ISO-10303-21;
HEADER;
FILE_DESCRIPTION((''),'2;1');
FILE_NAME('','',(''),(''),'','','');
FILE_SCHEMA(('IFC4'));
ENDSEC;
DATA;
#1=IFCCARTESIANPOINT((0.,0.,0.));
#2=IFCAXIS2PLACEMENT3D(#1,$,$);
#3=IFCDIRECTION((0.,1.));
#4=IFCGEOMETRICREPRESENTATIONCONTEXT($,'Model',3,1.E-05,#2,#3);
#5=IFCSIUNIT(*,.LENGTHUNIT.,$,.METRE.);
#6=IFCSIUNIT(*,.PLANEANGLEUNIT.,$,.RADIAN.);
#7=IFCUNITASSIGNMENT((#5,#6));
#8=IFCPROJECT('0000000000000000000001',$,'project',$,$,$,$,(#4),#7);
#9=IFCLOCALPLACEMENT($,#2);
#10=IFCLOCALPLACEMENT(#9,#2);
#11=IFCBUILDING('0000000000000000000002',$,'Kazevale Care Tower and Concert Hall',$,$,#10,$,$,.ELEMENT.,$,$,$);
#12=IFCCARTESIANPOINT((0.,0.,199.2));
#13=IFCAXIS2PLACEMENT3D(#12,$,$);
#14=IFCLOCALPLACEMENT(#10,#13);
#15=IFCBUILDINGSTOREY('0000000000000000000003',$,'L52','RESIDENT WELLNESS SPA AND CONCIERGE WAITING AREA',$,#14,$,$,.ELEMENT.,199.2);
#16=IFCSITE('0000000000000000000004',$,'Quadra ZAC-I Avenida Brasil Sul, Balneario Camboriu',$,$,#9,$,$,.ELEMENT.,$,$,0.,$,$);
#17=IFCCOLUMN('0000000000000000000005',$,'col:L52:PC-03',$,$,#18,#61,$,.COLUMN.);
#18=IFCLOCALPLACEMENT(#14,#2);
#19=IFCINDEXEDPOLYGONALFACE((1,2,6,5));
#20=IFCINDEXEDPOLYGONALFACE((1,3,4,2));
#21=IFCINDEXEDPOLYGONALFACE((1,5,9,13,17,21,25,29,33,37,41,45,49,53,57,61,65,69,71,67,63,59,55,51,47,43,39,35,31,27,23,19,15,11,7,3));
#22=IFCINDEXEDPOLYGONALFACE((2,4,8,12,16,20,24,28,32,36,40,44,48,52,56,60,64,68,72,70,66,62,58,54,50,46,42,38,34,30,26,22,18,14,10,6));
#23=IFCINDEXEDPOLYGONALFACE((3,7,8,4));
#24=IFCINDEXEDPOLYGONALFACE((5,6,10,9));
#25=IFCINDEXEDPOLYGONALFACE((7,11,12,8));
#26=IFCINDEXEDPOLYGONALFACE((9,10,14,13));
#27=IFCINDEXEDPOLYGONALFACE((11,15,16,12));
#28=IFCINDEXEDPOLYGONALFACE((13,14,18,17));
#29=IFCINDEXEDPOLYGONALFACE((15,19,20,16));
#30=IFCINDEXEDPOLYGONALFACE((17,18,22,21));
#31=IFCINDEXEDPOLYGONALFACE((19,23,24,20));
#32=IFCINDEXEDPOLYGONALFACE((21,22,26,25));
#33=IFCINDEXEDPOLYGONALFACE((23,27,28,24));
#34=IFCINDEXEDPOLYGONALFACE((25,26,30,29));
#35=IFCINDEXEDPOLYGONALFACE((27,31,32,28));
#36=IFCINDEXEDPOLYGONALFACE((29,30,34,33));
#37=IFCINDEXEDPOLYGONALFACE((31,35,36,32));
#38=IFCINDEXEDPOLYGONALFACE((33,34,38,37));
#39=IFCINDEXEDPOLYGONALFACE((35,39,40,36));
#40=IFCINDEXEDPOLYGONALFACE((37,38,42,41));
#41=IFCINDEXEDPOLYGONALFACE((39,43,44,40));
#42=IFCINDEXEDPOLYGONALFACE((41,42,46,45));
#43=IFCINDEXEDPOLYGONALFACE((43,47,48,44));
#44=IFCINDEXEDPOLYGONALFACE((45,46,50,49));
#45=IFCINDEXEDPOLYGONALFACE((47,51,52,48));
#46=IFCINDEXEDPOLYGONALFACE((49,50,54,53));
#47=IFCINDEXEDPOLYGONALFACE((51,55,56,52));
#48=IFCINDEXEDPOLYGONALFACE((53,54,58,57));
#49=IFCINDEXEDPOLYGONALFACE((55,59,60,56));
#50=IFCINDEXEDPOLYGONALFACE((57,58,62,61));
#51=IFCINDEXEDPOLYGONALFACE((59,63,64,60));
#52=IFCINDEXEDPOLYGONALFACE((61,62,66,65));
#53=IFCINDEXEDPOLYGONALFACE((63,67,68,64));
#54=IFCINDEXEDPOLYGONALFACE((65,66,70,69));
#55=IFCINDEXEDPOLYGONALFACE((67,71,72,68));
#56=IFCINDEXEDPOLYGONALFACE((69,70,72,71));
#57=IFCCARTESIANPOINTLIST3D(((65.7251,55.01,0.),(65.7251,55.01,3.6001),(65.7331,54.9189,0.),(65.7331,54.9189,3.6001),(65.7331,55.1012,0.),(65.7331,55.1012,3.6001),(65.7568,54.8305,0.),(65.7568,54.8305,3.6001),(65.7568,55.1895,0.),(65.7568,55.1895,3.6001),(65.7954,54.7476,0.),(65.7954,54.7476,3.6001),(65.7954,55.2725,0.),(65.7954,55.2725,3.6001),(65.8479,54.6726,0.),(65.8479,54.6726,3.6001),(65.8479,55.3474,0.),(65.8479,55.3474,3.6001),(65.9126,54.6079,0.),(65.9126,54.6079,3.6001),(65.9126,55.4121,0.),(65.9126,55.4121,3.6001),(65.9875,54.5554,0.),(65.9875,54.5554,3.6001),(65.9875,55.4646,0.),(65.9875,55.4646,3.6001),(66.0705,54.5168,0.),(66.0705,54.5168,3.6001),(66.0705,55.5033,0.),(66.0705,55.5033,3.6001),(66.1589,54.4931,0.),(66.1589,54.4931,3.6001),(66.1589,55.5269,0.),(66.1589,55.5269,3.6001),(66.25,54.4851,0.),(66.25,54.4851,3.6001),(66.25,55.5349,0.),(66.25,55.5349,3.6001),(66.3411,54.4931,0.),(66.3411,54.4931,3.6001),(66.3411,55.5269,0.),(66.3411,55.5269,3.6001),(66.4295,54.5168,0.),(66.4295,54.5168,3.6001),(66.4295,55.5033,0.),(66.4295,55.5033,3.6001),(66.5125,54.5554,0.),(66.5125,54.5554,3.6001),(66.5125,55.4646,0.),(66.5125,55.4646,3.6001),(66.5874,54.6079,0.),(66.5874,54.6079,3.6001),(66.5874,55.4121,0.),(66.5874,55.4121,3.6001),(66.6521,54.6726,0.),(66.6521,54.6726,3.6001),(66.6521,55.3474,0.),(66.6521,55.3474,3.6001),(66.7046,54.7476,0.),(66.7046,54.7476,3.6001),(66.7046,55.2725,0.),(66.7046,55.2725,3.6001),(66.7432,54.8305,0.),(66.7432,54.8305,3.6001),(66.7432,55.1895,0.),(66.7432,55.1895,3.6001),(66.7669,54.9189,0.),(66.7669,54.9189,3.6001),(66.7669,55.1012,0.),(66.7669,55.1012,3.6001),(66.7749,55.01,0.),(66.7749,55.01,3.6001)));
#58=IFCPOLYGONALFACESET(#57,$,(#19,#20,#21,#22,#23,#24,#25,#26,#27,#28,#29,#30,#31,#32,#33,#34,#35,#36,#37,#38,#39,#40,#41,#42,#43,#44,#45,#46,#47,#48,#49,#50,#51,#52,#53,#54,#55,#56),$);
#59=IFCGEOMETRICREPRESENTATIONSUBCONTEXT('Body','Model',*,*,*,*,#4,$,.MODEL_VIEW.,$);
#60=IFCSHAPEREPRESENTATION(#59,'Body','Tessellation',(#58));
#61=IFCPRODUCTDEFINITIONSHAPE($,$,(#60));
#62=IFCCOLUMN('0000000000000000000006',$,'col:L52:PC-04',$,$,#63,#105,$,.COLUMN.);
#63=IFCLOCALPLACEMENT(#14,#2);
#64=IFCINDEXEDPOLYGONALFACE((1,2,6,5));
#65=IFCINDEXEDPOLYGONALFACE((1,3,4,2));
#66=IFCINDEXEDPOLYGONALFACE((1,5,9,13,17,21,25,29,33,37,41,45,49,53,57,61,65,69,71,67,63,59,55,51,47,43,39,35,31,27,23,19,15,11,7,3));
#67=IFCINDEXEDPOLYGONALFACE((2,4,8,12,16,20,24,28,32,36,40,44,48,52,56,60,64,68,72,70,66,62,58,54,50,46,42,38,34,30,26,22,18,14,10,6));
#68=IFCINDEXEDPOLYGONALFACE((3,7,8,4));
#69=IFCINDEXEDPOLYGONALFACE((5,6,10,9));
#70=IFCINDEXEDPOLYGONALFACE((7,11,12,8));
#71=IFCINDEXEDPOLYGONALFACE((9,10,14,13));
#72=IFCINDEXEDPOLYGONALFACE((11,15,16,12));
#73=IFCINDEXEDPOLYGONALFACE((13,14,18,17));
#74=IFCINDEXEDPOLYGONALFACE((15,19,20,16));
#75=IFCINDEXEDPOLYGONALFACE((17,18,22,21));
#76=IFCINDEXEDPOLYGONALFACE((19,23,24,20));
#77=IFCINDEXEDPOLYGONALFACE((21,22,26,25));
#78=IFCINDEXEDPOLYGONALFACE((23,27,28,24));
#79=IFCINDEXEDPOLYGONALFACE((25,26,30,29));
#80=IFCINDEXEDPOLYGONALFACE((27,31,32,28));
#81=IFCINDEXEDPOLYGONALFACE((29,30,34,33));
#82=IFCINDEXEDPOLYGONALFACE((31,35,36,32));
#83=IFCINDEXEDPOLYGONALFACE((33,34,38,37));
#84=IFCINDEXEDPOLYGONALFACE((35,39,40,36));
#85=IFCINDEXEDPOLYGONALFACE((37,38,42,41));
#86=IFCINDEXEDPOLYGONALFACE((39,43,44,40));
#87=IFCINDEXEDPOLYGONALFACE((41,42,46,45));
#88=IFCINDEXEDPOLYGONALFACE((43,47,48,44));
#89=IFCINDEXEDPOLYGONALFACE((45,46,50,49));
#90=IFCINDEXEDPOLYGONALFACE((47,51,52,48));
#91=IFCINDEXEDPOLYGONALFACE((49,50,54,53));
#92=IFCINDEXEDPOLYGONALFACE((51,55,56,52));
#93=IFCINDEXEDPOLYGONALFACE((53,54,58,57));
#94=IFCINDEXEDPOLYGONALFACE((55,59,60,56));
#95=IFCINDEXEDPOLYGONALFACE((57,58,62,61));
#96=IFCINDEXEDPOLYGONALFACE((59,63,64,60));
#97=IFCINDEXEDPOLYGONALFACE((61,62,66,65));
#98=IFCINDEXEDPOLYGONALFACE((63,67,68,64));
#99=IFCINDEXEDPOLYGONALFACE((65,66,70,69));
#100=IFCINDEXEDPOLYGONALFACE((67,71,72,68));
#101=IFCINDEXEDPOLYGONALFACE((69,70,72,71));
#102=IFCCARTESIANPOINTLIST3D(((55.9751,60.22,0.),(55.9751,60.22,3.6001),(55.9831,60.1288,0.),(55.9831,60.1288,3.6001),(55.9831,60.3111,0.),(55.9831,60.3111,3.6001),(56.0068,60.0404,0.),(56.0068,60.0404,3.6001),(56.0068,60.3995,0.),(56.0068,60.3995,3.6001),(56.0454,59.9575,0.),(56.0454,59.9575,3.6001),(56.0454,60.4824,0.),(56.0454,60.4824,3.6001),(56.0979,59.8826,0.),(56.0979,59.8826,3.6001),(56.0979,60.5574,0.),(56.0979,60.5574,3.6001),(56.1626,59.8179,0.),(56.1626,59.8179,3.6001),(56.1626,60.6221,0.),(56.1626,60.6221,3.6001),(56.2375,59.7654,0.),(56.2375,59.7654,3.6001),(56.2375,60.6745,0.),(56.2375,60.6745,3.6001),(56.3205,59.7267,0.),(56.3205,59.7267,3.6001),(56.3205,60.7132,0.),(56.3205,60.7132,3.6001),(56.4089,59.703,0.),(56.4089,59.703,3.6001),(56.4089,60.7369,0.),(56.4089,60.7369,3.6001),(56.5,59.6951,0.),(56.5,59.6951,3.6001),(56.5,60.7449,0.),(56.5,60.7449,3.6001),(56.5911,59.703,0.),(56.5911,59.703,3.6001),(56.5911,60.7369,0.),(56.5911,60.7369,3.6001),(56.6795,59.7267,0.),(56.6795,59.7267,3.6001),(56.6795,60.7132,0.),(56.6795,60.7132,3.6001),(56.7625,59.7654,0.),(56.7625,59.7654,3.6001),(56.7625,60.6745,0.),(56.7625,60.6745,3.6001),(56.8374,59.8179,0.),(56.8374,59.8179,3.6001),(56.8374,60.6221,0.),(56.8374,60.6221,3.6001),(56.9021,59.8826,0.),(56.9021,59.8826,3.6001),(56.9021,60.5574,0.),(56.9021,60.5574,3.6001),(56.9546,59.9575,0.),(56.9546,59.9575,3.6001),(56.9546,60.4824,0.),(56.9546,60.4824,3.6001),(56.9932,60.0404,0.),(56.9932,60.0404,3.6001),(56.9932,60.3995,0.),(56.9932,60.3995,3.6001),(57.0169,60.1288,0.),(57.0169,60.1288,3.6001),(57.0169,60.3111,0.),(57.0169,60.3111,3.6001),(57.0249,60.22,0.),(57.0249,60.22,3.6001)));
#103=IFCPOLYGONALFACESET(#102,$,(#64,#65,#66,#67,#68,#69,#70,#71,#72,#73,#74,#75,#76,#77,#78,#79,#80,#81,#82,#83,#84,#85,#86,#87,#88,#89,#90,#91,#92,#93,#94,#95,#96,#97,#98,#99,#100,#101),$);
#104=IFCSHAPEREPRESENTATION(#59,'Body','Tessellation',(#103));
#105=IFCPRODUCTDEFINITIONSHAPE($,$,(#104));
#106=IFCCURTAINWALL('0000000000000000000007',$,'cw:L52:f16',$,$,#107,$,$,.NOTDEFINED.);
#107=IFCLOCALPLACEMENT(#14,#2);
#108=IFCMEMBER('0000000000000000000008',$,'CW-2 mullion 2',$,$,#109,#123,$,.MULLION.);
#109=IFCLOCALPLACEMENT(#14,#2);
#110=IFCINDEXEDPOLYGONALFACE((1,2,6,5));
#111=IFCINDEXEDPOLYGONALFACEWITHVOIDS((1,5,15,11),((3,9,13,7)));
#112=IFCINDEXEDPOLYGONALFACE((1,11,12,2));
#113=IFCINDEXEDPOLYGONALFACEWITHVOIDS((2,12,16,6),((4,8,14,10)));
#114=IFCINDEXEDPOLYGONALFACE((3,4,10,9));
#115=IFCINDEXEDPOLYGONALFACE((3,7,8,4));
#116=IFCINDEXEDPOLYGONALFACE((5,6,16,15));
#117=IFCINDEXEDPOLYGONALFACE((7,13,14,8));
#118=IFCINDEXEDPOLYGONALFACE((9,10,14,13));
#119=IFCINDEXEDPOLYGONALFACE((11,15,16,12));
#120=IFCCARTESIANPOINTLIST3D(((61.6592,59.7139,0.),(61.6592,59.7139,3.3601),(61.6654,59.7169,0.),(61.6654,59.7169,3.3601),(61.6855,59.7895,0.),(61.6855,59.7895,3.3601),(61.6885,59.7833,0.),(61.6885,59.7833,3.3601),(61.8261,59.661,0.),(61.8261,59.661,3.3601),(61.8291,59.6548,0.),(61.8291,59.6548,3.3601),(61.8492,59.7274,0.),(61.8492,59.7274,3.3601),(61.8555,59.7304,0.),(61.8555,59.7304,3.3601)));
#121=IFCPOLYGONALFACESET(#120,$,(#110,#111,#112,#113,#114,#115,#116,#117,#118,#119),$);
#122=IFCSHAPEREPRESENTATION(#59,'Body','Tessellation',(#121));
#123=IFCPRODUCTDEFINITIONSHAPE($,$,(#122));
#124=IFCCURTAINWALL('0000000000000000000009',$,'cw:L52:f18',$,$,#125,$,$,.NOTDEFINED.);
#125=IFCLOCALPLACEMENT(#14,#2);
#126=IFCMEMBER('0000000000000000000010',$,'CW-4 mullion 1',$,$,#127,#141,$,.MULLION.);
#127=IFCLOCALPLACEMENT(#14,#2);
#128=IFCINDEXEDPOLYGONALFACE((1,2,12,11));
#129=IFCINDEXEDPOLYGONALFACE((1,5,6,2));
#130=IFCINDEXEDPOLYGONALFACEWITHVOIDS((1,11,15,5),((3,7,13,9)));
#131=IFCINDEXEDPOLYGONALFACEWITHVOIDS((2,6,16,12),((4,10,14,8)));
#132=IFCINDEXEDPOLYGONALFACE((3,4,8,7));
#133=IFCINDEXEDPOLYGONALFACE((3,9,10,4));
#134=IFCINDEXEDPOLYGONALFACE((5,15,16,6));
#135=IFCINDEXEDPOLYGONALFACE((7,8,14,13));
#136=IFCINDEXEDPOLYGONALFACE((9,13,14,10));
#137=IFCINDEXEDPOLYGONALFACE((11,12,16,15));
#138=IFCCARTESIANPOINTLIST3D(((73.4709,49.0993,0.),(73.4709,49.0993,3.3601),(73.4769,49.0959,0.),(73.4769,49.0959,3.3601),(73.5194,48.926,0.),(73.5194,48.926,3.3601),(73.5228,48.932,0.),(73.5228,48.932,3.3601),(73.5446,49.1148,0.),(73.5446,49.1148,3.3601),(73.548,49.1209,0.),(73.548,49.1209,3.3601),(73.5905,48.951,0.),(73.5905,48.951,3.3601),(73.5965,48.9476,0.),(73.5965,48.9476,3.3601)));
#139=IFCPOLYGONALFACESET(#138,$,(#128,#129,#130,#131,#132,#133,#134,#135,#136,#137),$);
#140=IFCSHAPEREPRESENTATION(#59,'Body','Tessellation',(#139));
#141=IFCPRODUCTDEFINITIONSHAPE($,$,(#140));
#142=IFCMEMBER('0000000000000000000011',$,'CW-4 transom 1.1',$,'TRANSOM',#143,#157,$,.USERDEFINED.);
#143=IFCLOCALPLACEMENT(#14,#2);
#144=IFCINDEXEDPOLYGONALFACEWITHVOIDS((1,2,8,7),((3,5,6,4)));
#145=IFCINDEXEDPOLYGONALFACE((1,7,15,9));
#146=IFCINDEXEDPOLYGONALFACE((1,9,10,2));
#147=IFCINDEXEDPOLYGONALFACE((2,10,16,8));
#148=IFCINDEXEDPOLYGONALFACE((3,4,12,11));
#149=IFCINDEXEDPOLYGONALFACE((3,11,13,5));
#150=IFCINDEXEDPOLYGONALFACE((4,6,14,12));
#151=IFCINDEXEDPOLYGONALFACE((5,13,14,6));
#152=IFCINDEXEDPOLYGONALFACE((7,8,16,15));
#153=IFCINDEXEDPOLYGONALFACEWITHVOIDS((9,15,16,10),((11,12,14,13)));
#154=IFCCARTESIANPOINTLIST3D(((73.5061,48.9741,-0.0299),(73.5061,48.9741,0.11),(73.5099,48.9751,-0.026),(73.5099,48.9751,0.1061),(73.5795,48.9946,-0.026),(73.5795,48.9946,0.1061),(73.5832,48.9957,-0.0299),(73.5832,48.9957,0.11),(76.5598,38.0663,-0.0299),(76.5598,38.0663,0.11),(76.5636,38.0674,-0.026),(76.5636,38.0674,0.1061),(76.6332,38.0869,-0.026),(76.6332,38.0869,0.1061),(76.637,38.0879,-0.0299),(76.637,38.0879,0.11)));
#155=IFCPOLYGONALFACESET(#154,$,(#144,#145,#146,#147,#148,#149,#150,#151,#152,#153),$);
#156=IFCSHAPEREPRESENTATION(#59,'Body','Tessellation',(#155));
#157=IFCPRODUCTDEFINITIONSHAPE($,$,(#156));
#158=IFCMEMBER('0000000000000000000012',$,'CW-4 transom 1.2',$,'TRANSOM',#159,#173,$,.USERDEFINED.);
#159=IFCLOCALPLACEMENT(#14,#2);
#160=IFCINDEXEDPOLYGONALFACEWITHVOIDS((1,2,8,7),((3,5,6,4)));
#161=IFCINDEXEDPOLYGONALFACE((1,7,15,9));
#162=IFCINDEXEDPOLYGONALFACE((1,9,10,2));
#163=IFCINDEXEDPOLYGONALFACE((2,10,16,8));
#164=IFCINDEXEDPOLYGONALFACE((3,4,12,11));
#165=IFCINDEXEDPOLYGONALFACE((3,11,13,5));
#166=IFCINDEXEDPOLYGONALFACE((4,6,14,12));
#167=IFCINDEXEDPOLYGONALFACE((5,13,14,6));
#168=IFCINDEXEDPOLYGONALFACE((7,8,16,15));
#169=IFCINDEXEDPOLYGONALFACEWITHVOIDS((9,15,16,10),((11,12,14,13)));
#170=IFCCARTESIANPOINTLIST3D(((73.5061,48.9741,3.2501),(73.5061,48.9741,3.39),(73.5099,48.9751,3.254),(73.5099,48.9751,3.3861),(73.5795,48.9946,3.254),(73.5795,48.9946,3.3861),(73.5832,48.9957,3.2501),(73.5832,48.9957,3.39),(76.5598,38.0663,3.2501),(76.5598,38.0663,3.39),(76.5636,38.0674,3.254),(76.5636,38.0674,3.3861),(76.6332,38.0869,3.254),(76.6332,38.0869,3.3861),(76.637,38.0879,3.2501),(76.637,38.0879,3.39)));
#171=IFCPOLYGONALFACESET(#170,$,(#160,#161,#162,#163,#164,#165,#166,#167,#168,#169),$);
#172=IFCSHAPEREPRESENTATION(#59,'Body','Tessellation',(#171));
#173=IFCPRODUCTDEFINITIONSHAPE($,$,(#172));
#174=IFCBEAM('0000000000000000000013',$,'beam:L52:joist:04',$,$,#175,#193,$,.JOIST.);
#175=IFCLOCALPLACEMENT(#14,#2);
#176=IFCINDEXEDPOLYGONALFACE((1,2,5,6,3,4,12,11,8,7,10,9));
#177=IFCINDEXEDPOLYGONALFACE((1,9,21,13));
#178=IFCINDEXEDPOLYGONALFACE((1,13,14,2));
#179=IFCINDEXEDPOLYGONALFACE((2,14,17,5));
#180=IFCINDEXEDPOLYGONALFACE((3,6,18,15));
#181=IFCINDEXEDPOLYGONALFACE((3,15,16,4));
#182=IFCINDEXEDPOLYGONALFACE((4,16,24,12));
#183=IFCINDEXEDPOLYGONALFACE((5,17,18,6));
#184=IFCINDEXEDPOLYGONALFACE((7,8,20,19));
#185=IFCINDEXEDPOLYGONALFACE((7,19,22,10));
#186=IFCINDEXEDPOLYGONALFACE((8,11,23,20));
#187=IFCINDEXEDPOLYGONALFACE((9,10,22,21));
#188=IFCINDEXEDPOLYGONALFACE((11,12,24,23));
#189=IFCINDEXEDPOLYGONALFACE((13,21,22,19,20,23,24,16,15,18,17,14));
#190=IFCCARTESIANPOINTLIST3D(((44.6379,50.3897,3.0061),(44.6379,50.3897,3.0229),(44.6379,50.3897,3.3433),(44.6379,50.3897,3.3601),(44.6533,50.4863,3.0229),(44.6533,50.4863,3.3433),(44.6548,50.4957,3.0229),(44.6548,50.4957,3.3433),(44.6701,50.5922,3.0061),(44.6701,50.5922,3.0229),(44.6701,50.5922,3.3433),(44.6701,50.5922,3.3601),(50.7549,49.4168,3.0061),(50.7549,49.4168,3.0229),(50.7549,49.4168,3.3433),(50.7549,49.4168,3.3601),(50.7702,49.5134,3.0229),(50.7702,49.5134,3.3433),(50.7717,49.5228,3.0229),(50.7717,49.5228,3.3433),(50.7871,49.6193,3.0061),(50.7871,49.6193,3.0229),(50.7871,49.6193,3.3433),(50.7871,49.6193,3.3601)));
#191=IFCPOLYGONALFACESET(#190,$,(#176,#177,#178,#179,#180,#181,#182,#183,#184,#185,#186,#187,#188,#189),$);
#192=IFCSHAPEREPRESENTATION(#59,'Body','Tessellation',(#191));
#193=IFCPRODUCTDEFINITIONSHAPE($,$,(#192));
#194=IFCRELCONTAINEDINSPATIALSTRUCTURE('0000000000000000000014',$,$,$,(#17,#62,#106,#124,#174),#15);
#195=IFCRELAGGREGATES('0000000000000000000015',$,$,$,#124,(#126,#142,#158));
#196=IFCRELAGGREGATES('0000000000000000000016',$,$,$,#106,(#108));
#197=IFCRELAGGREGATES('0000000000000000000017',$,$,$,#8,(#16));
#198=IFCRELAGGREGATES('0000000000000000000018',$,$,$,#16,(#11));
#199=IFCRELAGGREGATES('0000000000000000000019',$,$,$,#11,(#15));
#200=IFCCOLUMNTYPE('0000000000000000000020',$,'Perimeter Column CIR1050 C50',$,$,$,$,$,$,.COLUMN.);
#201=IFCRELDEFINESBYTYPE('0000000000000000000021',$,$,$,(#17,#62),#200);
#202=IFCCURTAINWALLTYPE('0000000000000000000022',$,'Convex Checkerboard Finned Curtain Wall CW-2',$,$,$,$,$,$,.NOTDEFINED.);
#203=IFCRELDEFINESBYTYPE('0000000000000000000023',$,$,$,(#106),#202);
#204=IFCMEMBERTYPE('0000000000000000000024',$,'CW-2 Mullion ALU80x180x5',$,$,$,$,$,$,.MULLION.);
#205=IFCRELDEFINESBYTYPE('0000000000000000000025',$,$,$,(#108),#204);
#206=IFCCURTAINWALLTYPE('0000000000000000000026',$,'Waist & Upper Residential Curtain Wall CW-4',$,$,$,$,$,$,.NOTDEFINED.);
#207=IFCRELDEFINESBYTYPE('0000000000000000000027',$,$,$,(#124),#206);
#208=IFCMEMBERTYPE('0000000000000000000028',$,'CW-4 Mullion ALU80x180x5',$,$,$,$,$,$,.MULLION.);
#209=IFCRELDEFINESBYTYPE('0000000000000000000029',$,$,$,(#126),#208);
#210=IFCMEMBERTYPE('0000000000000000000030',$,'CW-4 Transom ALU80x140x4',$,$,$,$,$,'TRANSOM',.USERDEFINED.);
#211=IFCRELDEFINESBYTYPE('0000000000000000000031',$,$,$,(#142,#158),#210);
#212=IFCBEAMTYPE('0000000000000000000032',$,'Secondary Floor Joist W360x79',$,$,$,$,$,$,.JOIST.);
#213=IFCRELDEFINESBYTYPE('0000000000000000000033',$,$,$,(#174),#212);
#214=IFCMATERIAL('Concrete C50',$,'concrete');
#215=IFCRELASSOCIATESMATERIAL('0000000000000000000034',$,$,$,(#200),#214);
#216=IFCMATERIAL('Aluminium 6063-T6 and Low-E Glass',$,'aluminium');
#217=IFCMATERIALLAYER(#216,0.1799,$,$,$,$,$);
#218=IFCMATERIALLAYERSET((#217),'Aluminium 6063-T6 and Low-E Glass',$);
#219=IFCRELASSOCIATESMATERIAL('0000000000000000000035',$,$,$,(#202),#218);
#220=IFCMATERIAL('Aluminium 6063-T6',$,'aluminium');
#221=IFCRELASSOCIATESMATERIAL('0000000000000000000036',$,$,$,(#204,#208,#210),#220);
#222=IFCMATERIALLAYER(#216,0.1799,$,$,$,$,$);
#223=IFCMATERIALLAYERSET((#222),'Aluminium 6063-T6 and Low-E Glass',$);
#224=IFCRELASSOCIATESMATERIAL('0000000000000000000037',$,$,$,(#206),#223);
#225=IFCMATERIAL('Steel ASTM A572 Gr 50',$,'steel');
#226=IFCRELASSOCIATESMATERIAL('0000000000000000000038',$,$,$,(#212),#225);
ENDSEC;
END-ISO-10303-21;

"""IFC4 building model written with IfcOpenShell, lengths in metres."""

from ifc_helpers import new_model, si_unit, direction, frame, origin, origin_2d, place, context, subcontext, project, spatial, hollow_rectangle, circle, i_section, extrude, material, layer, layer_set, material_profile, profile_set, type_object, element, aggregate, save


model = new_model("IFC4")

# Units and contexts
model_context = context("Model", 3, precision=1e-05, world=origin(), true_north=direction((0.0, 1.0)))
body_context = subcontext(model_context, "Body", "Model", "MODEL_VIEW")
ifc_project = project(units=[si_unit("LENGTHUNIT", "METRE"), si_unit("PLANEANGLEUNIT", "RADIAN")], contexts=[model_context])

# Site, building, storey
site_placement = place(None, origin())
site = spatial("IfcSite", under=ifc_project, at=site_placement, Name="Quadra ZAC-I Avenida Brasil Sul, Balneario Camboriu", CompositionType="ELEMENT", RefElevation=0.0)
building_placement = place(site_placement, origin())
building = spatial("IfcBuilding", under=site, at=building_placement, Name="Kazevale Care Tower and Concert Hall", CompositionType="ELEMENT")
storey_placement = place(building_placement, frame((0.0, 0.0, 199.2)))
storey = spatial("IfcBuildingStorey", under=building, at=storey_placement, Name="L52", Description="RESIDENT WELLNESS SPA AND CONCIERGE WAITING AREA", CompositionType="ELEMENT", Elevation=199.2)

# Columns
ifc_material_1 = material(Name="Concrete C50", Category="concrete")
ifc_material_profile_1 = material_profile(ifc_material_1, circle(Radius=0.5249, at=origin_2d()), Name="RC-CIR1050")
ifc_profile_set_1 = profile_set([ifc_material_profile_1], Name="Concrete C50")
column_type = type_object("IfcColumnType", Name="Perimeter Column CIR1050 C50", PredefinedType="COLUMN", material=ifc_profile_set_1)
for number, where, z_axis, x_axis, name in (
    (1, (66.25, 55.01, 0.0), (0.0, 0.0, 1.0), (1.0, 0.0, 0.0), "col:L52:PC-03"),
    (2, (56.5, 60.22, 0.0), (0.0, 0.0, 1.0), (1.0, 0.0, 0.0), "col:L52:PC-04"),
):
    element("IfcColumn", number, at=place(storey_placement, frame(where, z_axis=z_axis, x_axis=x_axis)), inside=storey, type_object=column_type, Name=name, PredefinedType="COLUMN", context=body_context, shape_type="SweptSolid", body=[
        extrude(circle(Radius=0.5249, at=origin_2d()), origin(), (0.0, 0.0, 1.0), 3.6001),
    ])

# Curtain wall, member
ifc_material_2 = material(Name="Aluminium 6063-T6 and Low-E Glass", Category="aluminium")
ifc_layer_1 = layer(ifc_material_2, 0.1799)
ifc_layer_set_1 = layer_set([ifc_layer_1], Name="Aluminium 6063-T6 and Low-E Glass")
curtain_wall_type_1 = type_object("IfcCurtainWallType", Name="Convex Checkerboard Finned Curtain Wall CW-2", PredefinedType="NOTDEFINED", material=ifc_layer_set_1)
curtain_wall_1_placement = place(storey_placement, origin())
curtain_wall_1 = element("IfcCurtainWall", 3, at=curtain_wall_1_placement, inside=storey, type_object=curtain_wall_type_1, Name="cw:L52:f16", PredefinedType="NOTDEFINED")
ifc_material_3 = material(Name="Aluminium 6063-T6", Category="aluminium")
ifc_material_profile_2 = material_profile(ifc_material_3, hollow_rectangle(XDim=0.0801, YDim=0.1799, WallThickness=0.0049, at=origin_2d()), Name="ALU80x180x5")
ifc_profile_set_2 = profile_set([ifc_material_profile_2], Name="Aluminium 6063-T6")
member_type_1 = type_object("IfcMemberType", Name="CW-2 Mullion ALU80x180x5", PredefinedType="MULLION", material=ifc_profile_set_2)
member_1_placement = place(storey_placement, frame((61.7573, 59.7222, 0.0), z_axis=(0.0, 0.0, 1.0), x_axis=(0.328584, 0.944475, 0.0)))
member_1 = element("IfcMember", 4, at=member_1_placement, type_object=member_type_1, Name="CW-2 mullion 2", PredefinedType="MULLION", context=body_context, shape_type="SweptSolid", body=[
    extrude(hollow_rectangle(XDim=0.0801, YDim=0.1799, WallThickness=0.0049, at=origin_2d()), origin(), (0.0, 0.0, 1.0), 3.3601),
])

# Curtain wall, members
ifc_layer_2 = layer(ifc_material_2, 0.1799)
ifc_layer_set_2 = layer_set([ifc_layer_2], Name="Aluminium 6063-T6 and Low-E Glass")
curtain_wall_type_2 = type_object("IfcCurtainWallType", Name="Waist & Upper Residential Curtain Wall CW-4", PredefinedType="NOTDEFINED", material=ifc_layer_set_2)
curtain_wall_2_placement = place(storey_placement, origin())
curtain_wall_2 = element("IfcCurtainWall", 5, at=curtain_wall_2_placement, inside=storey, type_object=curtain_wall_type_2, Name="cw:L52:f18", PredefinedType="NOTDEFINED")
ifc_material_profile_3 = material_profile(ifc_material_3, hollow_rectangle(XDim=0.0801, YDim=0.1799, WallThickness=0.0049, at=origin_2d()), Name="ALU80x180x5")
ifc_profile_set_3 = profile_set([ifc_material_profile_3], Name="Aluminium 6063-T6")
member_type_2 = type_object("IfcMemberType", Name="CW-4 Mullion ALU80x180x5", PredefinedType="MULLION", material=ifc_profile_set_3)
member_2_placement = place(storey_placement, frame((73.5337, 49.0234, 0.0), z_axis=(0.0, 0.0, 1.0), x_axis=(0.962972, 0.269601, 0.0)))
member_2 = element("IfcMember", 6, at=member_2_placement, type_object=member_type_2, Name="CW-4 mullion 1", PredefinedType="MULLION", context=body_context, shape_type="SweptSolid", body=[
    extrude(hollow_rectangle(XDim=0.0801, YDim=0.1799, WallThickness=0.0049, at=origin_2d()), origin(), (0.0, 0.0, 1.0), 3.3601),
])
ifc_material_profile_4 = material_profile(ifc_material_3, hollow_rectangle(XDim=0.0801, YDim=0.1399, WallThickness=0.0039, at=origin_2d()), Name="ALU80x140x4")
ifc_profile_set_4 = profile_set([ifc_material_profile_4], Name="Aluminium 6063-T6")
member_type_3 = type_object("IfcMemberType", Name="CW-4 Transom ALU80x140x4", ElementType="TRANSOM", PredefinedType="USERDEFINED", material=ifc_profile_set_4)
member_3_placement = place(storey_placement, frame((73.5447, 48.9849, 0.04), z_axis=(0.269593, -0.962974, 0.0), x_axis=(0.962974, 0.269593, 0.0)))
member_3 = element("IfcMember", 7, at=member_3_placement, type_object=member_type_3, Name="CW-4 transom 1.1", ObjectType="TRANSOM", PredefinedType="USERDEFINED", context=body_context, shape_type="SweptSolid", body=[
    extrude(hollow_rectangle(XDim=0.0801, YDim=0.1399, WallThickness=0.0039, at=origin_2d()), origin(), (0.0, 0.0, 1.0), 11.3271),
])
member_4_placement = place(storey_placement, frame((73.5447, 48.9849, 3.3201), z_axis=(0.269593, -0.962974, 0.0), x_axis=(0.962974, 0.269593, 0.0)))
member_4 = element("IfcMember", 8, at=member_4_placement, type_object=member_type_3, Name="CW-4 transom 1.2", ObjectType="TRANSOM", PredefinedType="USERDEFINED", context=body_context, shape_type="SweptSolid", body=[
    extrude(hollow_rectangle(XDim=0.0801, YDim=0.1399, WallThickness=0.0039, at=origin_2d()), origin(), (0.0, 0.0, 1.0), 11.3271),
])
aggregate(curtain_wall_2, [member_2, member_3, member_4])

# Beam
ifc_material_4 = material(Name="Steel ASTM A572 Gr 50", Category="steel")
ifc_material_profile_5 = material_profile(ifc_material_4, i_section(OverallWidth=0.2051, OverallDepth=0.354, WebThickness=0.0095, FlangeThickness=0.0168, at=origin_2d()), Name="W360x79")
ifc_profile_set_5 = profile_set([ifc_material_profile_5], Name="Steel ASTM A572 Gr 50")
beam_type_1 = type_object("IfcBeamType", Name="Secondary Floor Joist W360x79", PredefinedType="JOIST", material=ifc_profile_set_5)
beam_1_placement = place(storey_placement, frame((50.771, 49.5181, 3.1831), z_axis=(-0.987587, 0.157076, 0.0), x_axis=(-0.157076, -0.987587, 0.0)))
element("IfcBeam", 9, at=beam_1_placement, inside=storey, type_object=beam_type_1, Name="beam:L52:joist:04", PredefinedType="JOIST", context=body_context, shape_type="SweptSolid", body=[
    extrude(i_section(OverallWidth=0.2051, OverallDepth=0.354, WebThickness=0.0095, FlangeThickness=0.0168, at=origin_2d()), origin(), (0.0, 0.0, 1.0), 6.1938),
])

aggregate(curtain_wall_1, [member_1])

save(model, "model.ifc")
